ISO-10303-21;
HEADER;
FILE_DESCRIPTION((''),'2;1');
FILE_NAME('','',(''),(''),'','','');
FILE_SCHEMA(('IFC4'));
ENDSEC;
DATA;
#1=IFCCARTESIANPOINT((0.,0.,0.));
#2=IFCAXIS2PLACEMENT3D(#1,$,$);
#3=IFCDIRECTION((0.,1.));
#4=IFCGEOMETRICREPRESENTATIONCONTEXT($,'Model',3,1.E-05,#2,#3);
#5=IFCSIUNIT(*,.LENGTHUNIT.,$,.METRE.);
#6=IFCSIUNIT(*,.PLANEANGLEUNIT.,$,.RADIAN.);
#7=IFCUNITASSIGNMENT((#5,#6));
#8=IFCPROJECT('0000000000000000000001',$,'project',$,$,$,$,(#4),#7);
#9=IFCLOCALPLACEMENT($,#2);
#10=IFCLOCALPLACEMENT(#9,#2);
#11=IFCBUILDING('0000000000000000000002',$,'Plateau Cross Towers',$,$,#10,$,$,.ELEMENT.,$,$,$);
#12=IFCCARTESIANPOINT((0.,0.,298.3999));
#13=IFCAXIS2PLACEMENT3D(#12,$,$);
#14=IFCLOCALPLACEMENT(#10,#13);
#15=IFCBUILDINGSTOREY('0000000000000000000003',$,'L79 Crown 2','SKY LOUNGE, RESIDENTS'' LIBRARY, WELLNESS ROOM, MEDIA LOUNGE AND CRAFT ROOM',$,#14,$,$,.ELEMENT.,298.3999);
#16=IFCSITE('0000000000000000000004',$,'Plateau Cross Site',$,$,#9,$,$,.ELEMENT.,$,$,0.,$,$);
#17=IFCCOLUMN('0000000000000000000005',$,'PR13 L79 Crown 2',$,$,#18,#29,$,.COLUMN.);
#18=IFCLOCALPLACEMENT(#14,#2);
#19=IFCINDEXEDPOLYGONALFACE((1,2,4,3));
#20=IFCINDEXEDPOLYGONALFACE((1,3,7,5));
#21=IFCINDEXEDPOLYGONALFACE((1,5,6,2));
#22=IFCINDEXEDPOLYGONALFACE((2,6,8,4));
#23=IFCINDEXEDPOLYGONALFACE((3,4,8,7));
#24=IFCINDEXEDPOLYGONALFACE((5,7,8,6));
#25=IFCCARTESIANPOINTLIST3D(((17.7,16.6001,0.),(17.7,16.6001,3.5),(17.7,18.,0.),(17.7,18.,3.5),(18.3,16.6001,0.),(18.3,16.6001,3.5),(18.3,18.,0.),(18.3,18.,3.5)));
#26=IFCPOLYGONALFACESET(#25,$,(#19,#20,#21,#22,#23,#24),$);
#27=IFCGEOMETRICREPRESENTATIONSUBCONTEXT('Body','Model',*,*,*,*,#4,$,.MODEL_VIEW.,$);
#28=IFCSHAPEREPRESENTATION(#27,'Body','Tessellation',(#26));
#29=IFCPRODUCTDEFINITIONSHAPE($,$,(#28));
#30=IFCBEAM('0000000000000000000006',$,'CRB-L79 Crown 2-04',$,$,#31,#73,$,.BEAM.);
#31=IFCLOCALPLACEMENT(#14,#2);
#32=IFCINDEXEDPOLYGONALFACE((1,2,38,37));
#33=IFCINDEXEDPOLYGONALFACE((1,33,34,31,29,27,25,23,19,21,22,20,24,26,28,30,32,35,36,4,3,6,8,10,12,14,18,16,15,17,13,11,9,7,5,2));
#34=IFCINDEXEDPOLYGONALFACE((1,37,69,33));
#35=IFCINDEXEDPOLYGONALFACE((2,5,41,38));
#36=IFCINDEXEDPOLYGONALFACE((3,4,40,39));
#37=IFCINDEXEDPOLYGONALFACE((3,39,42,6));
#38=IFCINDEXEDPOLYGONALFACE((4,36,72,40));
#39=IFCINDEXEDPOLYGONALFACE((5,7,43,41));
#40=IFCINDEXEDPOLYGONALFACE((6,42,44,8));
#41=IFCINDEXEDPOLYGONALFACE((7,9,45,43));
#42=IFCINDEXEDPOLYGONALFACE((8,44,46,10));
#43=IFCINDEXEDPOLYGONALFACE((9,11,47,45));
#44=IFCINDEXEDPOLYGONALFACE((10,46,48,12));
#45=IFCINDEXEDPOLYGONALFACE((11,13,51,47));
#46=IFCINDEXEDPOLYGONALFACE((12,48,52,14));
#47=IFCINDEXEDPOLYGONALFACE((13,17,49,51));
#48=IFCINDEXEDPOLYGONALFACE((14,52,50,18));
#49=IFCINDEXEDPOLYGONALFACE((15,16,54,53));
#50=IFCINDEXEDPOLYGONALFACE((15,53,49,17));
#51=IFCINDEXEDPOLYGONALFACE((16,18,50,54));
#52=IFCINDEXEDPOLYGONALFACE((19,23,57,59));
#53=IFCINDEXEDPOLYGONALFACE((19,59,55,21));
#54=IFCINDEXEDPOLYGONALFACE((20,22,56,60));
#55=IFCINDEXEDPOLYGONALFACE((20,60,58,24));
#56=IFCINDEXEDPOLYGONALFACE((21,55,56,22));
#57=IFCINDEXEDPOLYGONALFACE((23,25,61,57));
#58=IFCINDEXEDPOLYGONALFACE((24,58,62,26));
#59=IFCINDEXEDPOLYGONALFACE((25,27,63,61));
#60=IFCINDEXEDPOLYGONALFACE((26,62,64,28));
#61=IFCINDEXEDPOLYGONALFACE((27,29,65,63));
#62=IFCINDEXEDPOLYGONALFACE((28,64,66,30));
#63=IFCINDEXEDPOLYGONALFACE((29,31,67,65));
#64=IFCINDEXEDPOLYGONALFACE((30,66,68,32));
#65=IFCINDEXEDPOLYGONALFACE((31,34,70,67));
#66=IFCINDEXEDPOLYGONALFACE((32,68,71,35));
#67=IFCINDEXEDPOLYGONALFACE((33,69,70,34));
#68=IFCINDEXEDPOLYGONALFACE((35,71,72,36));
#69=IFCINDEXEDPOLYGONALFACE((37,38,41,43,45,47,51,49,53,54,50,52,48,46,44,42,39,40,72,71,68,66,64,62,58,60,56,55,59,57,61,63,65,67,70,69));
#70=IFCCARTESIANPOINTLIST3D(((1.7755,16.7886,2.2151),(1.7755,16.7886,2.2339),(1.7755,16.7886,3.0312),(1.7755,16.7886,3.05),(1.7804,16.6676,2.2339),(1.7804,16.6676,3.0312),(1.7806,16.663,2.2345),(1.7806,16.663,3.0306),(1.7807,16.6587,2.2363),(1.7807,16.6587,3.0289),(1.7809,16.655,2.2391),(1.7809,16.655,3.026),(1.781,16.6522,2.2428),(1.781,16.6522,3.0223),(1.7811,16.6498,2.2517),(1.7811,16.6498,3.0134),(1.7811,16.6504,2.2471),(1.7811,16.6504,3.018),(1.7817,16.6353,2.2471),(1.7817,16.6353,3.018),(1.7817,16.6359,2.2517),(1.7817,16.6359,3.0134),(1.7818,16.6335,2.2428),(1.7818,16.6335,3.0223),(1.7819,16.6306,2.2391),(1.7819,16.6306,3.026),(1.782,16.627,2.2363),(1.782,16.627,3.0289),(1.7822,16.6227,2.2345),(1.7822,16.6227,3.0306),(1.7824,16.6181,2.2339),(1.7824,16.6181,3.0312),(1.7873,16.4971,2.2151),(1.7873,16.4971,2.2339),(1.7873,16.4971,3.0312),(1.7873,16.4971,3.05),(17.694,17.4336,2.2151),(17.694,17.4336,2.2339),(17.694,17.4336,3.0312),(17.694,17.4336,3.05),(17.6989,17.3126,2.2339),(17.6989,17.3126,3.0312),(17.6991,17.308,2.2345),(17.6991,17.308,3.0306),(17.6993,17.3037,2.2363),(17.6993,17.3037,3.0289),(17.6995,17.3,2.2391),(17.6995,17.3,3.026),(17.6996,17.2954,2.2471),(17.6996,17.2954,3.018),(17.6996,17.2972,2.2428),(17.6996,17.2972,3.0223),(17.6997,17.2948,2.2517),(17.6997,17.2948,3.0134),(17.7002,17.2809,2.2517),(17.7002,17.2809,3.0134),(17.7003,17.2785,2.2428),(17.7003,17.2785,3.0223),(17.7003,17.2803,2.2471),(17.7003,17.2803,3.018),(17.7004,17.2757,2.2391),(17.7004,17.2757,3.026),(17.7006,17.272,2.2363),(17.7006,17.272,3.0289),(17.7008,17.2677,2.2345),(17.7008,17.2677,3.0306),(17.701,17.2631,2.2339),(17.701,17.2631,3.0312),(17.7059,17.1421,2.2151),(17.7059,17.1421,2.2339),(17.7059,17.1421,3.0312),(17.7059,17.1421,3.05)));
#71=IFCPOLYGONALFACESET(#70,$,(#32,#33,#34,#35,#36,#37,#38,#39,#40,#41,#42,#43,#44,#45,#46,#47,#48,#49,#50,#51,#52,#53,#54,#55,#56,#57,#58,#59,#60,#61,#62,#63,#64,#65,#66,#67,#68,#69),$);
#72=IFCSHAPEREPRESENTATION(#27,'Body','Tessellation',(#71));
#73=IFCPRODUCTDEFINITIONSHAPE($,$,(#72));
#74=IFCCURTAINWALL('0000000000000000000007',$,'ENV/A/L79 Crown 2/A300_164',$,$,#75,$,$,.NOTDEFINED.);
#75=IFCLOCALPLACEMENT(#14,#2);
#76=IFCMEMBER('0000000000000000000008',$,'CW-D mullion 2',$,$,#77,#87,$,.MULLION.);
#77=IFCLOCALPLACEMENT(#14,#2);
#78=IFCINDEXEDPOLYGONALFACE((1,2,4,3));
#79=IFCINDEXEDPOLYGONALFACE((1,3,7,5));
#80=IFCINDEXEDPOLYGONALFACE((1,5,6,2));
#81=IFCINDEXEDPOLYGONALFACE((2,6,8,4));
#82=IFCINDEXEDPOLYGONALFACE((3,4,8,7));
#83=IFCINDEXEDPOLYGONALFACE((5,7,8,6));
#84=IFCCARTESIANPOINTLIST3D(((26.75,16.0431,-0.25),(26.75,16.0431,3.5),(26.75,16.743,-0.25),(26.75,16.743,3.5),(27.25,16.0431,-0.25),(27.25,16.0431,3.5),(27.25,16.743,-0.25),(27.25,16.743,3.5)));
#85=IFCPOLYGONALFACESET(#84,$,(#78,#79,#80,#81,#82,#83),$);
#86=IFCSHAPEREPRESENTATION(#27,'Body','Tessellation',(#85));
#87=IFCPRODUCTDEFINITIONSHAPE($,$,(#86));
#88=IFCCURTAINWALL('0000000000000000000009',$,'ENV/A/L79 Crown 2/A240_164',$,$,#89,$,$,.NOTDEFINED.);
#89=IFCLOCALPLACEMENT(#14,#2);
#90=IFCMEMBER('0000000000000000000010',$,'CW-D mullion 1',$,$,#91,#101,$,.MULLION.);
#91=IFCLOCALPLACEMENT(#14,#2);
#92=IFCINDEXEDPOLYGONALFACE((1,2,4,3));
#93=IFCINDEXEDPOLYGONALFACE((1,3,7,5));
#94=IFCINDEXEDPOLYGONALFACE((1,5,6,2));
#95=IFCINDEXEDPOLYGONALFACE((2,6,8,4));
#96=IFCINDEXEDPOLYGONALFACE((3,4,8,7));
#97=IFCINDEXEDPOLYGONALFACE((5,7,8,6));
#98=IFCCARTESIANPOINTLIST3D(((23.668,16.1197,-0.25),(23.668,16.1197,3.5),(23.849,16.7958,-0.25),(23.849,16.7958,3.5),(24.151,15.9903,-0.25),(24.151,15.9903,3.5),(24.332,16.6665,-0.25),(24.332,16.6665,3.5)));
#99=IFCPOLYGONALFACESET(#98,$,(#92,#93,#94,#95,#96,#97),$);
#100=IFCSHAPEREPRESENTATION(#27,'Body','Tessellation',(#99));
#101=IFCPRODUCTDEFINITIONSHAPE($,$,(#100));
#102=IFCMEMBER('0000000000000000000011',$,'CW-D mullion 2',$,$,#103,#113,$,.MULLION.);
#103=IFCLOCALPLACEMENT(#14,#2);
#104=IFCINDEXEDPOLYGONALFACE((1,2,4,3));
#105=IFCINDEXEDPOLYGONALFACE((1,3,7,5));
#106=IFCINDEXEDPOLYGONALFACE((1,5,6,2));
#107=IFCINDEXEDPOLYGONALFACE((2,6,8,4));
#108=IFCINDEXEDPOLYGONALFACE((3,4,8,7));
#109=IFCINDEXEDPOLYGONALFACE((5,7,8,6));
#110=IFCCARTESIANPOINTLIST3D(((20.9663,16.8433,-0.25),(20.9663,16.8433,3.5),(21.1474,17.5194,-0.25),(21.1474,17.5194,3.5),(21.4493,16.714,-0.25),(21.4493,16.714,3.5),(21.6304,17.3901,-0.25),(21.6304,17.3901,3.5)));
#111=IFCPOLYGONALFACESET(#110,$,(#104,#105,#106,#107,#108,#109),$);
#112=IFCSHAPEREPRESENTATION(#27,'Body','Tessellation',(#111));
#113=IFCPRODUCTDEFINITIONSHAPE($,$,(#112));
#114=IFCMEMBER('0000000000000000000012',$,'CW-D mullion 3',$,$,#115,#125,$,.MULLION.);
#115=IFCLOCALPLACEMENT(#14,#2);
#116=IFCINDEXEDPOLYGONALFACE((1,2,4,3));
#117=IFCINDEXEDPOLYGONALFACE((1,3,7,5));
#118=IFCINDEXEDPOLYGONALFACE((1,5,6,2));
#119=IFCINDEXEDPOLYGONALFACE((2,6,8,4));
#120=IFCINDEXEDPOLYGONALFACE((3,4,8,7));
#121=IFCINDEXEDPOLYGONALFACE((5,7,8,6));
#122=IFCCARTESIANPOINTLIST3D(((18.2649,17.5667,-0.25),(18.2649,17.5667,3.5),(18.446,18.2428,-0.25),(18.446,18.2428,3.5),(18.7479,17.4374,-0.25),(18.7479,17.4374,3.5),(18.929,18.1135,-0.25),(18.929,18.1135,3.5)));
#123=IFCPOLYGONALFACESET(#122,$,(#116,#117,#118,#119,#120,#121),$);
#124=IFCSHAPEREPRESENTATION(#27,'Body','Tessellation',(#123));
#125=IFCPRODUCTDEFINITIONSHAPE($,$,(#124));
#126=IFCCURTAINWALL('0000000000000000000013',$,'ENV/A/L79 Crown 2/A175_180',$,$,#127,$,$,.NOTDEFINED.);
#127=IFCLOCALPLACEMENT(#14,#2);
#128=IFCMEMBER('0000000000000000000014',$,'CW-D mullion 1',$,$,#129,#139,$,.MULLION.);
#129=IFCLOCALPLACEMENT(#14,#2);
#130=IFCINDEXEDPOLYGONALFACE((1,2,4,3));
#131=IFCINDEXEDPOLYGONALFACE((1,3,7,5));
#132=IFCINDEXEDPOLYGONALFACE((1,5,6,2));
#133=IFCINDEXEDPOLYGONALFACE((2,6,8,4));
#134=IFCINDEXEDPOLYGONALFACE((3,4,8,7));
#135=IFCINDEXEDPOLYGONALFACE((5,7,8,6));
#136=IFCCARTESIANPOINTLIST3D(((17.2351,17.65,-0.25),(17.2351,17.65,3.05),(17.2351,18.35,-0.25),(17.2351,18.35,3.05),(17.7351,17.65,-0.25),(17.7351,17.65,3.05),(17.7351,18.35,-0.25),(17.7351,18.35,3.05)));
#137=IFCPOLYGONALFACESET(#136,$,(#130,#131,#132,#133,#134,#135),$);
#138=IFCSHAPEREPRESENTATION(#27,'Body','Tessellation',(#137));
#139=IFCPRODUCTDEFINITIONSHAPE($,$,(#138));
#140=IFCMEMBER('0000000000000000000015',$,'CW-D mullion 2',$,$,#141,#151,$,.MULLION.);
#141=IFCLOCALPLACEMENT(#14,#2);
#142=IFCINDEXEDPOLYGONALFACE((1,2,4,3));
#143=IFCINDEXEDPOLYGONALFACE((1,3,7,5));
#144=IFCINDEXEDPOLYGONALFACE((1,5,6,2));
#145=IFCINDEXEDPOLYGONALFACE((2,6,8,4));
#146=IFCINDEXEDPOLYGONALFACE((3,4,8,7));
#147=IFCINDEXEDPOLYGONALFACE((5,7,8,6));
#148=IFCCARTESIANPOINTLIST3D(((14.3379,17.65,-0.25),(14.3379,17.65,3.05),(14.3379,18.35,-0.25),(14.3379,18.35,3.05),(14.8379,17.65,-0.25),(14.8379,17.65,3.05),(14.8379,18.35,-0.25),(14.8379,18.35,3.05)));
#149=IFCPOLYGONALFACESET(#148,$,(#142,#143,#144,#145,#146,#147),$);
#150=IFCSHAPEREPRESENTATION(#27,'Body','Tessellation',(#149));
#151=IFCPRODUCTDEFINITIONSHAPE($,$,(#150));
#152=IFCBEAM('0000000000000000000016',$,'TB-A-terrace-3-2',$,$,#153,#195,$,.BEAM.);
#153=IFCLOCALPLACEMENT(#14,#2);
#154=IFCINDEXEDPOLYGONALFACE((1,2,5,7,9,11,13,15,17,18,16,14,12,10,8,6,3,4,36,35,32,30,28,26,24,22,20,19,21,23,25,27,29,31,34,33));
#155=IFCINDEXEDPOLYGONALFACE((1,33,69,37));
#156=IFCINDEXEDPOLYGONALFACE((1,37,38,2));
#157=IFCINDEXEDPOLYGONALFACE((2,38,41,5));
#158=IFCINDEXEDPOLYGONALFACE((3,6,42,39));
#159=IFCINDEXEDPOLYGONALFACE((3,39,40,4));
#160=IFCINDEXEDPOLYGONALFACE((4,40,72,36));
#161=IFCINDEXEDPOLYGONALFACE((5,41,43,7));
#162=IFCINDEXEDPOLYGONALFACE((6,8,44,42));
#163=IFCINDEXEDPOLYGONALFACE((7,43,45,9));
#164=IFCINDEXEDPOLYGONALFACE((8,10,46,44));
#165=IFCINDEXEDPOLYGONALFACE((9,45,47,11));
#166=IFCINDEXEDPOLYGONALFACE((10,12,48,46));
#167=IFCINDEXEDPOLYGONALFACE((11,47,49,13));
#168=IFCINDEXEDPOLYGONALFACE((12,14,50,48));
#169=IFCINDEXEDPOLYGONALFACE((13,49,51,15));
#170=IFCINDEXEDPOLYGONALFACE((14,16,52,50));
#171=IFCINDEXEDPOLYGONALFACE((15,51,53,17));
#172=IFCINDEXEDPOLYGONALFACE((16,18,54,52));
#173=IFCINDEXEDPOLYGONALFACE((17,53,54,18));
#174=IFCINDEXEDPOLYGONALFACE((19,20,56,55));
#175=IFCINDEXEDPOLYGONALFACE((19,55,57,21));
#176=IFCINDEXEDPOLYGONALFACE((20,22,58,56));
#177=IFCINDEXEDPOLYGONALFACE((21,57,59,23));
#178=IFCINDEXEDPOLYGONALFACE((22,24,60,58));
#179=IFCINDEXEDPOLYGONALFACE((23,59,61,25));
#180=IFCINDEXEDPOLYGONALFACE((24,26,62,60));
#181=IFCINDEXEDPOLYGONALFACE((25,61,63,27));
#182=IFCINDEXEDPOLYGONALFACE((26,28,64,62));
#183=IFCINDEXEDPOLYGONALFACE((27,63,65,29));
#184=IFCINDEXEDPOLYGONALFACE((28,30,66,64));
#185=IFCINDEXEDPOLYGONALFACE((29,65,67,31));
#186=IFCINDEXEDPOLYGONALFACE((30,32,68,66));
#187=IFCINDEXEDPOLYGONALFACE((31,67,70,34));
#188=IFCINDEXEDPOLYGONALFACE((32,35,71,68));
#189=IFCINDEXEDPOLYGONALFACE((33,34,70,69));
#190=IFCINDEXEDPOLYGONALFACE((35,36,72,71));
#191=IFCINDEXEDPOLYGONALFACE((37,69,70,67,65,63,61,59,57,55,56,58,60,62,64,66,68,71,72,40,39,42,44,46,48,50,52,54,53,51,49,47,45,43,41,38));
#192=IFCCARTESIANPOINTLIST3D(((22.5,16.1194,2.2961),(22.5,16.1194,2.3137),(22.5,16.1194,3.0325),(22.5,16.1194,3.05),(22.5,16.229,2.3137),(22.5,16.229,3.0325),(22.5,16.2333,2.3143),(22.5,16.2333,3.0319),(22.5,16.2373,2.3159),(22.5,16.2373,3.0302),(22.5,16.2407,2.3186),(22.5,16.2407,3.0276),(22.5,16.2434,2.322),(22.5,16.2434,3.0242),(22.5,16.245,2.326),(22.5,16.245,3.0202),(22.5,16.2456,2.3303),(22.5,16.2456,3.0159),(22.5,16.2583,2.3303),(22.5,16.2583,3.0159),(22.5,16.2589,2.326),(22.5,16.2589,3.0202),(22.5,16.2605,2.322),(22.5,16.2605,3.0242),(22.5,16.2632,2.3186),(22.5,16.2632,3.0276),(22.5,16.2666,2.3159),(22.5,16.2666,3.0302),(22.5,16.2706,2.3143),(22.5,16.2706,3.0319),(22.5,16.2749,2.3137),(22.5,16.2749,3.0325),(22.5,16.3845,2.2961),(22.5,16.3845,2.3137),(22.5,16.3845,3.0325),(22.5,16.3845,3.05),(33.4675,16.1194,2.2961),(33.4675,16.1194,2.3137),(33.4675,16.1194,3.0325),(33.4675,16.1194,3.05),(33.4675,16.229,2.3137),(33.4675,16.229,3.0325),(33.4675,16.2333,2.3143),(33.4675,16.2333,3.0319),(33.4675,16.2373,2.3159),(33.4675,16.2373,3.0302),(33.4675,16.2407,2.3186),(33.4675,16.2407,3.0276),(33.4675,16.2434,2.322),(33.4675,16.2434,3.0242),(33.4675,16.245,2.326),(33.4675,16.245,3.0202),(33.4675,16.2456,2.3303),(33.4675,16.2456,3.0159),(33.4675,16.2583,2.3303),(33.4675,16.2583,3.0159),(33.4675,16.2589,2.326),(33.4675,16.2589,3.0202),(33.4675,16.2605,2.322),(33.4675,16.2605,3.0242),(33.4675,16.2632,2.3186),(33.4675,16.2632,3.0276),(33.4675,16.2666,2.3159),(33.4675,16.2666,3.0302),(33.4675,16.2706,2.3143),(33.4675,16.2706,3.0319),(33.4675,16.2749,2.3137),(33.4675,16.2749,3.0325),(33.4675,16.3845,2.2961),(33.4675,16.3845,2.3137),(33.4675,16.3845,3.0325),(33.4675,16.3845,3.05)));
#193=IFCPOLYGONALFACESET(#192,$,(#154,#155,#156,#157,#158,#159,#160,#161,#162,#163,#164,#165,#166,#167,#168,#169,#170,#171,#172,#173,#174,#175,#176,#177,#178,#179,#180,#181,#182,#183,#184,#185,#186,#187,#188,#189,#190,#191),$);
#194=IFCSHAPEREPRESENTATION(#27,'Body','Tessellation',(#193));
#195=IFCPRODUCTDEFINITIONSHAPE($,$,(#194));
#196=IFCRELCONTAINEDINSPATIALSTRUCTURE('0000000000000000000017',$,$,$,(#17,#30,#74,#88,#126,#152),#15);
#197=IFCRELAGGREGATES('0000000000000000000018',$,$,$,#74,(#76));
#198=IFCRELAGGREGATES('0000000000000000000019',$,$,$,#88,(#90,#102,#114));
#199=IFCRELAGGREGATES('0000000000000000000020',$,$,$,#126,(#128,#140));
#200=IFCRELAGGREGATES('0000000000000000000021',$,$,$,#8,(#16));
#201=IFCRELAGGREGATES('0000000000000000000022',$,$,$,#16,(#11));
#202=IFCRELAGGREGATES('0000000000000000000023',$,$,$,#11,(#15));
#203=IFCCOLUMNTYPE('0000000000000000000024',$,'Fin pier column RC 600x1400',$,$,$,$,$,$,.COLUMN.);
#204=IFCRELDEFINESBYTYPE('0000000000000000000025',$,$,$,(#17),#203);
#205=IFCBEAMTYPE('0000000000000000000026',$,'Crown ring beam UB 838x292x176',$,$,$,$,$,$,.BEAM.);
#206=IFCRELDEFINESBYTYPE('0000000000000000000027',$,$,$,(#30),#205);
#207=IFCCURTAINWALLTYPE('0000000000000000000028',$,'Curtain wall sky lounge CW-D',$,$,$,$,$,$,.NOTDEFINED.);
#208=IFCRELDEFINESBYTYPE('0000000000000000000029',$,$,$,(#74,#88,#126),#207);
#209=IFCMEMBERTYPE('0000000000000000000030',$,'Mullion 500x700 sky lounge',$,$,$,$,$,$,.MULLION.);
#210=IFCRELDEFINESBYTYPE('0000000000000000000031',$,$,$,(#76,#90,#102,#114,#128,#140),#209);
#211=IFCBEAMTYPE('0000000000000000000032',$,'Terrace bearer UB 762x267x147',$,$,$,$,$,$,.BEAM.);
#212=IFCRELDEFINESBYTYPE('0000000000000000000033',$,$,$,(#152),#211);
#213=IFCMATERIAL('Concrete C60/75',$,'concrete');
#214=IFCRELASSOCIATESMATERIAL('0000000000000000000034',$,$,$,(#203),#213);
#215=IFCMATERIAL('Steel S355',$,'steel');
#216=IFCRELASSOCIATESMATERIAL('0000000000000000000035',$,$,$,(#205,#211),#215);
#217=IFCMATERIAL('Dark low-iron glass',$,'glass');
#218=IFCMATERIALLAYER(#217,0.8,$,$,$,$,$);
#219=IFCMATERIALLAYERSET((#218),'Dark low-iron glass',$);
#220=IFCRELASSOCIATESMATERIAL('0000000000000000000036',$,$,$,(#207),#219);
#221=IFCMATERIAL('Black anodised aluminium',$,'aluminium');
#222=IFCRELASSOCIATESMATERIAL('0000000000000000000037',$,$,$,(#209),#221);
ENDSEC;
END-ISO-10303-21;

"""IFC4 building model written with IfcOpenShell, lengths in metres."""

from ifc_helpers import new_model, si_unit, direction, frame, origin, origin_2d, place, context, subcontext, project, spatial, rectangle, i_section, extrude, material, layer, layer_set, material_profile, profile_set, type_object, element, aggregate, save


model = new_model("IFC4")

# Units and contexts
model_context = context("Model", 3, precision=1e-05, world=origin(), true_north=direction((0.0, 1.0)))
body_context = subcontext(model_context, "Body", "Model", "MODEL_VIEW")
ifc_project = project(units=[si_unit("LENGTHUNIT", "METRE"), si_unit("PLANEANGLEUNIT", "RADIAN")], contexts=[model_context])

# Site, building, storey
site_placement = place(None, origin())
site = spatial("IfcSite", under=ifc_project, at=site_placement, Name="Plateau Cross Site", CompositionType="ELEMENT", RefElevation=0.0)
building_placement = place(site_placement, origin())
building = spatial("IfcBuilding", under=site, at=building_placement, Name="Plateau Cross Towers", CompositionType="ELEMENT")
storey_placement = place(building_placement, frame((0.0, 0.0, 298.3999)))
storey = spatial("IfcBuildingStorey", under=building, at=storey_placement, Name="L79 Crown 2", Description="SKY LOUNGE, RESIDENTS' LIBRARY, WELLNESS ROOM, MEDIA LOUNGE AND CRAFT ROOM", CompositionType="ELEMENT", Elevation=298.3999)

# Column
ifc_material_1 = material(Name="Concrete C60/75", Category="concrete")
ifc_material_profile_1 = material_profile(ifc_material_1, rectangle(XDim=0.6001, YDim=1.3999, at=origin_2d()), Name="RC 600x1400")
ifc_profile_set_1 = profile_set([ifc_material_profile_1], Name="Concrete C60/75")
column_type = type_object("IfcColumnType", Name="Fin pier column RC 600x1400", PredefinedType="COLUMN", material=ifc_profile_set_1)
column_placement = place(storey_placement, frame((18.0, 17.3, 0.0), z_axis=(0.0, 0.0, 1.0), x_axis=(1.0, 0.0, 0.0)))
element("IfcColumn", 1, at=column_placement, inside=storey, type_object=column_type, Name="PR13 L79 Crown 2", PredefinedType="COLUMN", context=body_context, shape_type="SweptSolid", body=[
    extrude(rectangle(XDim=0.6001, YDim=1.3999, at=origin_2d()), origin(), (0.0, 0.0, 1.0), 3.5),
])

# Beam
ifc_material_2 = material(Name="Steel S355", Category="steel")
ifc_material_profile_2 = material_profile(ifc_material_2, i_section(OverallWidth=0.2917, OverallDepth=0.835, WebThickness=0.0139, FlangeThickness=0.0188, FilletRadius=0.0178, at=origin_2d()), Name="UB 838x292x176")
ifc_profile_set_2 = profile_set([ifc_material_profile_2], Name="Steel S355")
beam_type_1 = type_object("IfcBeamType", Name="Crown ring beam UB 838x292x176", PredefinedType="BEAM", material=ifc_profile_set_2)
beam_1_placement = place(storey_placement, frame((17.7, 17.2878, 2.6326), z_axis=(-0.99918, -0.040487, 0.0), x_axis=(0.040487, -0.99918, 0.0)))
element("IfcBeam", 2, at=beam_1_placement, inside=storey, type_object=beam_type_1, Name="CRB-L79 Crown 2-04", PredefinedType="BEAM", context=body_context, shape_type="SweptSolid", body=[
    extrude(i_section(OverallWidth=0.2917, OverallDepth=0.835, WebThickness=0.0139, FlangeThickness=0.0188, FilletRadius=0.0178, at=origin_2d()), origin(), (0.0, 0.0, 1.0), 15.9316),
])

# Curtain wall, member
ifc_material_3 = material(Name="Dark low-iron glass", Category="glass")
ifc_layer_1 = layer(ifc_material_3, 0.8)
ifc_layer_set_1 = layer_set([ifc_layer_1], Name="Dark low-iron glass")
curtain_wall_type = type_object("IfcCurtainWallType", Name="Curtain wall sky lounge CW-D", PredefinedType="NOTDEFINED", material=ifc_layer_set_1)
curtain_wall_1_placement = place(storey_placement, origin())
curtain_wall_1 = element("IfcCurtainWall", 3, at=curtain_wall_1_placement, inside=storey, type_object=curtain_wall_type, Name="ENV/A/L79 Crown 2/A300_164", PredefinedType="NOTDEFINED")
ifc_material_4 = material(Name="Black anodised aluminium", Category="aluminium")
ifc_material_profile_3 = material_profile(ifc_material_4, rectangle(XDim=0.5, YDim=0.7, at=origin_2d()), Name="MULLION 500x700")
ifc_profile_set_3 = profile_set([ifc_material_profile_3], Name="Black anodised aluminium")
member_type_1 = type_object("IfcMemberType", Name="Mullion 500x700 sky lounge", PredefinedType="MULLION", material=ifc_profile_set_3)
member_1_placement = place(storey_placement, frame((27.0, 16.3931, -0.25), z_axis=(0.0, 0.0, 1.0), x_axis=(-1.0, 0.0, 0.0)))
member_1 = element("IfcMember", 4, at=member_1_placement, type_object=member_type_1, Name="CW-D mullion 2", PredefinedType="MULLION", context=body_context, shape_type="SweptSolid", body=[
    extrude(rectangle(XDim=0.5, YDim=0.7, at=origin_2d()), origin(), (0.0, 0.0, 1.0), 3.75),
])

# Curtain walls, members
curtain_wall_2_placement = place(storey_placement, origin())
curtain_wall_2 = element("IfcCurtainWall", 5, at=curtain_wall_2_placement, inside=storey, type_object=curtain_wall_type, Name="ENV/A/L79 Crown 2/A240_164", PredefinedType="NOTDEFINED")
member_2_placement = place(storey_placement, frame((24.0, 16.3931, -0.25), z_axis=(0.0, 0.0, 1.0), x_axis=(-0.965958, 0.258699, 0.0)))
member_2 = element("IfcMember", 6, at=member_2_placement, type_object=member_type_1, Name="CW-D mullion 1", PredefinedType="MULLION", context=body_context, shape_type="SweptSolid", body=[
    extrude(rectangle(XDim=0.5, YDim=0.7, at=origin_2d()), origin(), (0.0, 0.0, 1.0), 3.75),
])
member_3_placement = place(storey_placement, frame((21.2983, 17.1167, -0.25), z_axis=(0.0, 0.0, 1.0), x_axis=(-0.965958, 0.258699, 0.0)))
member_3 = element("IfcMember", 7, at=member_3_placement, type_object=member_type_1, Name="CW-D mullion 2", PredefinedType="MULLION", context=body_context, shape_type="SweptSolid", body=[
    extrude(rectangle(XDim=0.5, YDim=0.7, at=origin_2d()), origin(), (0.0, 0.0, 1.0), 3.75),
])
member_4_placement = place(storey_placement, frame((18.5969, 17.8401, -0.25), z_axis=(0.0, 0.0, 1.0), x_axis=(-0.965958, 0.258699, 0.0)))
member_4 = element("IfcMember", 8, at=member_4_placement, type_object=member_type_1, Name="CW-D mullion 3", PredefinedType="MULLION", context=body_context, shape_type="SweptSolid", body=[
    extrude(rectangle(XDim=0.5, YDim=0.7, at=origin_2d()), origin(), (0.0, 0.0, 1.0), 3.75),
])
curtain_wall_3_placement = place(storey_placement, origin())
curtain_wall_3 = element("IfcCurtainWall", 9, at=curtain_wall_3_placement, inside=storey, type_object=curtain_wall_type, Name="ENV/A/L79 Crown 2/A175_180", PredefinedType="NOTDEFINED")
member_5_placement = place(storey_placement, frame((17.4851, 18.0, -0.25), z_axis=(0.0, 0.0, 1.0), x_axis=(-1.0, 0.0, 0.0)))
member_5 = element("IfcMember", 10, at=member_5_placement, type_object=member_type_1, Name="CW-D mullion 1", PredefinedType="MULLION", context=body_context, shape_type="SweptSolid", body=[
    extrude(rectangle(XDim=0.5, YDim=0.7, at=origin_2d()), origin(), (0.0, 0.0, 1.0), 3.3),
])
member_6_placement = place(storey_placement, frame((14.5879, 18.0, -0.25), z_axis=(0.0, 0.0, 1.0), x_axis=(-1.0, 0.0, 0.0)))
member_6 = element("IfcMember", 11, at=member_6_placement, type_object=member_type_1, Name="CW-D mullion 2", PredefinedType="MULLION", context=body_context, shape_type="SweptSolid", body=[
    extrude(rectangle(XDim=0.5, YDim=0.7, at=origin_2d()), origin(), (0.0, 0.0, 1.0), 3.3),
])

# Beam
ifc_material_profile_4 = material_profile(ifc_material_2, i_section(OverallWidth=0.2651, OverallDepth=0.7539, WebThickness=0.0127, FlangeThickness=0.0176, FilletRadius=0.0166, at=origin_2d()), Name="UB 762x267x147")
ifc_profile_set_4 = profile_set([ifc_material_profile_4], Name="Steel S355")
beam_type_2 = type_object("IfcBeamType", Name="Terrace bearer UB 762x267x147", PredefinedType="BEAM", material=ifc_profile_set_4)
beam_2_placement = place(storey_placement, frame((22.5, 16.252, 2.6731), z_axis=(1.0, 0.0, 0.0), x_axis=(0.0, 1.0, 0.0)))
element("IfcBeam", 12, at=beam_2_placement, inside=storey, type_object=beam_type_2, Name="TB-A-terrace-3-2", PredefinedType="BEAM", context=body_context, shape_type="SweptSolid", body=[
    extrude(i_section(OverallWidth=0.2651, OverallDepth=0.7539, WebThickness=0.0127, FlangeThickness=0.0176, FilletRadius=0.0166, at=origin_2d()), origin(), (0.0, 0.0, 1.0), 10.9675),
])

aggregate(curtain_wall_1, [member_1])
aggregate(curtain_wall_2, [member_2, member_3, member_4])
aggregate(curtain_wall_3, [member_5, member_6])

save(model, "model.ifc")
